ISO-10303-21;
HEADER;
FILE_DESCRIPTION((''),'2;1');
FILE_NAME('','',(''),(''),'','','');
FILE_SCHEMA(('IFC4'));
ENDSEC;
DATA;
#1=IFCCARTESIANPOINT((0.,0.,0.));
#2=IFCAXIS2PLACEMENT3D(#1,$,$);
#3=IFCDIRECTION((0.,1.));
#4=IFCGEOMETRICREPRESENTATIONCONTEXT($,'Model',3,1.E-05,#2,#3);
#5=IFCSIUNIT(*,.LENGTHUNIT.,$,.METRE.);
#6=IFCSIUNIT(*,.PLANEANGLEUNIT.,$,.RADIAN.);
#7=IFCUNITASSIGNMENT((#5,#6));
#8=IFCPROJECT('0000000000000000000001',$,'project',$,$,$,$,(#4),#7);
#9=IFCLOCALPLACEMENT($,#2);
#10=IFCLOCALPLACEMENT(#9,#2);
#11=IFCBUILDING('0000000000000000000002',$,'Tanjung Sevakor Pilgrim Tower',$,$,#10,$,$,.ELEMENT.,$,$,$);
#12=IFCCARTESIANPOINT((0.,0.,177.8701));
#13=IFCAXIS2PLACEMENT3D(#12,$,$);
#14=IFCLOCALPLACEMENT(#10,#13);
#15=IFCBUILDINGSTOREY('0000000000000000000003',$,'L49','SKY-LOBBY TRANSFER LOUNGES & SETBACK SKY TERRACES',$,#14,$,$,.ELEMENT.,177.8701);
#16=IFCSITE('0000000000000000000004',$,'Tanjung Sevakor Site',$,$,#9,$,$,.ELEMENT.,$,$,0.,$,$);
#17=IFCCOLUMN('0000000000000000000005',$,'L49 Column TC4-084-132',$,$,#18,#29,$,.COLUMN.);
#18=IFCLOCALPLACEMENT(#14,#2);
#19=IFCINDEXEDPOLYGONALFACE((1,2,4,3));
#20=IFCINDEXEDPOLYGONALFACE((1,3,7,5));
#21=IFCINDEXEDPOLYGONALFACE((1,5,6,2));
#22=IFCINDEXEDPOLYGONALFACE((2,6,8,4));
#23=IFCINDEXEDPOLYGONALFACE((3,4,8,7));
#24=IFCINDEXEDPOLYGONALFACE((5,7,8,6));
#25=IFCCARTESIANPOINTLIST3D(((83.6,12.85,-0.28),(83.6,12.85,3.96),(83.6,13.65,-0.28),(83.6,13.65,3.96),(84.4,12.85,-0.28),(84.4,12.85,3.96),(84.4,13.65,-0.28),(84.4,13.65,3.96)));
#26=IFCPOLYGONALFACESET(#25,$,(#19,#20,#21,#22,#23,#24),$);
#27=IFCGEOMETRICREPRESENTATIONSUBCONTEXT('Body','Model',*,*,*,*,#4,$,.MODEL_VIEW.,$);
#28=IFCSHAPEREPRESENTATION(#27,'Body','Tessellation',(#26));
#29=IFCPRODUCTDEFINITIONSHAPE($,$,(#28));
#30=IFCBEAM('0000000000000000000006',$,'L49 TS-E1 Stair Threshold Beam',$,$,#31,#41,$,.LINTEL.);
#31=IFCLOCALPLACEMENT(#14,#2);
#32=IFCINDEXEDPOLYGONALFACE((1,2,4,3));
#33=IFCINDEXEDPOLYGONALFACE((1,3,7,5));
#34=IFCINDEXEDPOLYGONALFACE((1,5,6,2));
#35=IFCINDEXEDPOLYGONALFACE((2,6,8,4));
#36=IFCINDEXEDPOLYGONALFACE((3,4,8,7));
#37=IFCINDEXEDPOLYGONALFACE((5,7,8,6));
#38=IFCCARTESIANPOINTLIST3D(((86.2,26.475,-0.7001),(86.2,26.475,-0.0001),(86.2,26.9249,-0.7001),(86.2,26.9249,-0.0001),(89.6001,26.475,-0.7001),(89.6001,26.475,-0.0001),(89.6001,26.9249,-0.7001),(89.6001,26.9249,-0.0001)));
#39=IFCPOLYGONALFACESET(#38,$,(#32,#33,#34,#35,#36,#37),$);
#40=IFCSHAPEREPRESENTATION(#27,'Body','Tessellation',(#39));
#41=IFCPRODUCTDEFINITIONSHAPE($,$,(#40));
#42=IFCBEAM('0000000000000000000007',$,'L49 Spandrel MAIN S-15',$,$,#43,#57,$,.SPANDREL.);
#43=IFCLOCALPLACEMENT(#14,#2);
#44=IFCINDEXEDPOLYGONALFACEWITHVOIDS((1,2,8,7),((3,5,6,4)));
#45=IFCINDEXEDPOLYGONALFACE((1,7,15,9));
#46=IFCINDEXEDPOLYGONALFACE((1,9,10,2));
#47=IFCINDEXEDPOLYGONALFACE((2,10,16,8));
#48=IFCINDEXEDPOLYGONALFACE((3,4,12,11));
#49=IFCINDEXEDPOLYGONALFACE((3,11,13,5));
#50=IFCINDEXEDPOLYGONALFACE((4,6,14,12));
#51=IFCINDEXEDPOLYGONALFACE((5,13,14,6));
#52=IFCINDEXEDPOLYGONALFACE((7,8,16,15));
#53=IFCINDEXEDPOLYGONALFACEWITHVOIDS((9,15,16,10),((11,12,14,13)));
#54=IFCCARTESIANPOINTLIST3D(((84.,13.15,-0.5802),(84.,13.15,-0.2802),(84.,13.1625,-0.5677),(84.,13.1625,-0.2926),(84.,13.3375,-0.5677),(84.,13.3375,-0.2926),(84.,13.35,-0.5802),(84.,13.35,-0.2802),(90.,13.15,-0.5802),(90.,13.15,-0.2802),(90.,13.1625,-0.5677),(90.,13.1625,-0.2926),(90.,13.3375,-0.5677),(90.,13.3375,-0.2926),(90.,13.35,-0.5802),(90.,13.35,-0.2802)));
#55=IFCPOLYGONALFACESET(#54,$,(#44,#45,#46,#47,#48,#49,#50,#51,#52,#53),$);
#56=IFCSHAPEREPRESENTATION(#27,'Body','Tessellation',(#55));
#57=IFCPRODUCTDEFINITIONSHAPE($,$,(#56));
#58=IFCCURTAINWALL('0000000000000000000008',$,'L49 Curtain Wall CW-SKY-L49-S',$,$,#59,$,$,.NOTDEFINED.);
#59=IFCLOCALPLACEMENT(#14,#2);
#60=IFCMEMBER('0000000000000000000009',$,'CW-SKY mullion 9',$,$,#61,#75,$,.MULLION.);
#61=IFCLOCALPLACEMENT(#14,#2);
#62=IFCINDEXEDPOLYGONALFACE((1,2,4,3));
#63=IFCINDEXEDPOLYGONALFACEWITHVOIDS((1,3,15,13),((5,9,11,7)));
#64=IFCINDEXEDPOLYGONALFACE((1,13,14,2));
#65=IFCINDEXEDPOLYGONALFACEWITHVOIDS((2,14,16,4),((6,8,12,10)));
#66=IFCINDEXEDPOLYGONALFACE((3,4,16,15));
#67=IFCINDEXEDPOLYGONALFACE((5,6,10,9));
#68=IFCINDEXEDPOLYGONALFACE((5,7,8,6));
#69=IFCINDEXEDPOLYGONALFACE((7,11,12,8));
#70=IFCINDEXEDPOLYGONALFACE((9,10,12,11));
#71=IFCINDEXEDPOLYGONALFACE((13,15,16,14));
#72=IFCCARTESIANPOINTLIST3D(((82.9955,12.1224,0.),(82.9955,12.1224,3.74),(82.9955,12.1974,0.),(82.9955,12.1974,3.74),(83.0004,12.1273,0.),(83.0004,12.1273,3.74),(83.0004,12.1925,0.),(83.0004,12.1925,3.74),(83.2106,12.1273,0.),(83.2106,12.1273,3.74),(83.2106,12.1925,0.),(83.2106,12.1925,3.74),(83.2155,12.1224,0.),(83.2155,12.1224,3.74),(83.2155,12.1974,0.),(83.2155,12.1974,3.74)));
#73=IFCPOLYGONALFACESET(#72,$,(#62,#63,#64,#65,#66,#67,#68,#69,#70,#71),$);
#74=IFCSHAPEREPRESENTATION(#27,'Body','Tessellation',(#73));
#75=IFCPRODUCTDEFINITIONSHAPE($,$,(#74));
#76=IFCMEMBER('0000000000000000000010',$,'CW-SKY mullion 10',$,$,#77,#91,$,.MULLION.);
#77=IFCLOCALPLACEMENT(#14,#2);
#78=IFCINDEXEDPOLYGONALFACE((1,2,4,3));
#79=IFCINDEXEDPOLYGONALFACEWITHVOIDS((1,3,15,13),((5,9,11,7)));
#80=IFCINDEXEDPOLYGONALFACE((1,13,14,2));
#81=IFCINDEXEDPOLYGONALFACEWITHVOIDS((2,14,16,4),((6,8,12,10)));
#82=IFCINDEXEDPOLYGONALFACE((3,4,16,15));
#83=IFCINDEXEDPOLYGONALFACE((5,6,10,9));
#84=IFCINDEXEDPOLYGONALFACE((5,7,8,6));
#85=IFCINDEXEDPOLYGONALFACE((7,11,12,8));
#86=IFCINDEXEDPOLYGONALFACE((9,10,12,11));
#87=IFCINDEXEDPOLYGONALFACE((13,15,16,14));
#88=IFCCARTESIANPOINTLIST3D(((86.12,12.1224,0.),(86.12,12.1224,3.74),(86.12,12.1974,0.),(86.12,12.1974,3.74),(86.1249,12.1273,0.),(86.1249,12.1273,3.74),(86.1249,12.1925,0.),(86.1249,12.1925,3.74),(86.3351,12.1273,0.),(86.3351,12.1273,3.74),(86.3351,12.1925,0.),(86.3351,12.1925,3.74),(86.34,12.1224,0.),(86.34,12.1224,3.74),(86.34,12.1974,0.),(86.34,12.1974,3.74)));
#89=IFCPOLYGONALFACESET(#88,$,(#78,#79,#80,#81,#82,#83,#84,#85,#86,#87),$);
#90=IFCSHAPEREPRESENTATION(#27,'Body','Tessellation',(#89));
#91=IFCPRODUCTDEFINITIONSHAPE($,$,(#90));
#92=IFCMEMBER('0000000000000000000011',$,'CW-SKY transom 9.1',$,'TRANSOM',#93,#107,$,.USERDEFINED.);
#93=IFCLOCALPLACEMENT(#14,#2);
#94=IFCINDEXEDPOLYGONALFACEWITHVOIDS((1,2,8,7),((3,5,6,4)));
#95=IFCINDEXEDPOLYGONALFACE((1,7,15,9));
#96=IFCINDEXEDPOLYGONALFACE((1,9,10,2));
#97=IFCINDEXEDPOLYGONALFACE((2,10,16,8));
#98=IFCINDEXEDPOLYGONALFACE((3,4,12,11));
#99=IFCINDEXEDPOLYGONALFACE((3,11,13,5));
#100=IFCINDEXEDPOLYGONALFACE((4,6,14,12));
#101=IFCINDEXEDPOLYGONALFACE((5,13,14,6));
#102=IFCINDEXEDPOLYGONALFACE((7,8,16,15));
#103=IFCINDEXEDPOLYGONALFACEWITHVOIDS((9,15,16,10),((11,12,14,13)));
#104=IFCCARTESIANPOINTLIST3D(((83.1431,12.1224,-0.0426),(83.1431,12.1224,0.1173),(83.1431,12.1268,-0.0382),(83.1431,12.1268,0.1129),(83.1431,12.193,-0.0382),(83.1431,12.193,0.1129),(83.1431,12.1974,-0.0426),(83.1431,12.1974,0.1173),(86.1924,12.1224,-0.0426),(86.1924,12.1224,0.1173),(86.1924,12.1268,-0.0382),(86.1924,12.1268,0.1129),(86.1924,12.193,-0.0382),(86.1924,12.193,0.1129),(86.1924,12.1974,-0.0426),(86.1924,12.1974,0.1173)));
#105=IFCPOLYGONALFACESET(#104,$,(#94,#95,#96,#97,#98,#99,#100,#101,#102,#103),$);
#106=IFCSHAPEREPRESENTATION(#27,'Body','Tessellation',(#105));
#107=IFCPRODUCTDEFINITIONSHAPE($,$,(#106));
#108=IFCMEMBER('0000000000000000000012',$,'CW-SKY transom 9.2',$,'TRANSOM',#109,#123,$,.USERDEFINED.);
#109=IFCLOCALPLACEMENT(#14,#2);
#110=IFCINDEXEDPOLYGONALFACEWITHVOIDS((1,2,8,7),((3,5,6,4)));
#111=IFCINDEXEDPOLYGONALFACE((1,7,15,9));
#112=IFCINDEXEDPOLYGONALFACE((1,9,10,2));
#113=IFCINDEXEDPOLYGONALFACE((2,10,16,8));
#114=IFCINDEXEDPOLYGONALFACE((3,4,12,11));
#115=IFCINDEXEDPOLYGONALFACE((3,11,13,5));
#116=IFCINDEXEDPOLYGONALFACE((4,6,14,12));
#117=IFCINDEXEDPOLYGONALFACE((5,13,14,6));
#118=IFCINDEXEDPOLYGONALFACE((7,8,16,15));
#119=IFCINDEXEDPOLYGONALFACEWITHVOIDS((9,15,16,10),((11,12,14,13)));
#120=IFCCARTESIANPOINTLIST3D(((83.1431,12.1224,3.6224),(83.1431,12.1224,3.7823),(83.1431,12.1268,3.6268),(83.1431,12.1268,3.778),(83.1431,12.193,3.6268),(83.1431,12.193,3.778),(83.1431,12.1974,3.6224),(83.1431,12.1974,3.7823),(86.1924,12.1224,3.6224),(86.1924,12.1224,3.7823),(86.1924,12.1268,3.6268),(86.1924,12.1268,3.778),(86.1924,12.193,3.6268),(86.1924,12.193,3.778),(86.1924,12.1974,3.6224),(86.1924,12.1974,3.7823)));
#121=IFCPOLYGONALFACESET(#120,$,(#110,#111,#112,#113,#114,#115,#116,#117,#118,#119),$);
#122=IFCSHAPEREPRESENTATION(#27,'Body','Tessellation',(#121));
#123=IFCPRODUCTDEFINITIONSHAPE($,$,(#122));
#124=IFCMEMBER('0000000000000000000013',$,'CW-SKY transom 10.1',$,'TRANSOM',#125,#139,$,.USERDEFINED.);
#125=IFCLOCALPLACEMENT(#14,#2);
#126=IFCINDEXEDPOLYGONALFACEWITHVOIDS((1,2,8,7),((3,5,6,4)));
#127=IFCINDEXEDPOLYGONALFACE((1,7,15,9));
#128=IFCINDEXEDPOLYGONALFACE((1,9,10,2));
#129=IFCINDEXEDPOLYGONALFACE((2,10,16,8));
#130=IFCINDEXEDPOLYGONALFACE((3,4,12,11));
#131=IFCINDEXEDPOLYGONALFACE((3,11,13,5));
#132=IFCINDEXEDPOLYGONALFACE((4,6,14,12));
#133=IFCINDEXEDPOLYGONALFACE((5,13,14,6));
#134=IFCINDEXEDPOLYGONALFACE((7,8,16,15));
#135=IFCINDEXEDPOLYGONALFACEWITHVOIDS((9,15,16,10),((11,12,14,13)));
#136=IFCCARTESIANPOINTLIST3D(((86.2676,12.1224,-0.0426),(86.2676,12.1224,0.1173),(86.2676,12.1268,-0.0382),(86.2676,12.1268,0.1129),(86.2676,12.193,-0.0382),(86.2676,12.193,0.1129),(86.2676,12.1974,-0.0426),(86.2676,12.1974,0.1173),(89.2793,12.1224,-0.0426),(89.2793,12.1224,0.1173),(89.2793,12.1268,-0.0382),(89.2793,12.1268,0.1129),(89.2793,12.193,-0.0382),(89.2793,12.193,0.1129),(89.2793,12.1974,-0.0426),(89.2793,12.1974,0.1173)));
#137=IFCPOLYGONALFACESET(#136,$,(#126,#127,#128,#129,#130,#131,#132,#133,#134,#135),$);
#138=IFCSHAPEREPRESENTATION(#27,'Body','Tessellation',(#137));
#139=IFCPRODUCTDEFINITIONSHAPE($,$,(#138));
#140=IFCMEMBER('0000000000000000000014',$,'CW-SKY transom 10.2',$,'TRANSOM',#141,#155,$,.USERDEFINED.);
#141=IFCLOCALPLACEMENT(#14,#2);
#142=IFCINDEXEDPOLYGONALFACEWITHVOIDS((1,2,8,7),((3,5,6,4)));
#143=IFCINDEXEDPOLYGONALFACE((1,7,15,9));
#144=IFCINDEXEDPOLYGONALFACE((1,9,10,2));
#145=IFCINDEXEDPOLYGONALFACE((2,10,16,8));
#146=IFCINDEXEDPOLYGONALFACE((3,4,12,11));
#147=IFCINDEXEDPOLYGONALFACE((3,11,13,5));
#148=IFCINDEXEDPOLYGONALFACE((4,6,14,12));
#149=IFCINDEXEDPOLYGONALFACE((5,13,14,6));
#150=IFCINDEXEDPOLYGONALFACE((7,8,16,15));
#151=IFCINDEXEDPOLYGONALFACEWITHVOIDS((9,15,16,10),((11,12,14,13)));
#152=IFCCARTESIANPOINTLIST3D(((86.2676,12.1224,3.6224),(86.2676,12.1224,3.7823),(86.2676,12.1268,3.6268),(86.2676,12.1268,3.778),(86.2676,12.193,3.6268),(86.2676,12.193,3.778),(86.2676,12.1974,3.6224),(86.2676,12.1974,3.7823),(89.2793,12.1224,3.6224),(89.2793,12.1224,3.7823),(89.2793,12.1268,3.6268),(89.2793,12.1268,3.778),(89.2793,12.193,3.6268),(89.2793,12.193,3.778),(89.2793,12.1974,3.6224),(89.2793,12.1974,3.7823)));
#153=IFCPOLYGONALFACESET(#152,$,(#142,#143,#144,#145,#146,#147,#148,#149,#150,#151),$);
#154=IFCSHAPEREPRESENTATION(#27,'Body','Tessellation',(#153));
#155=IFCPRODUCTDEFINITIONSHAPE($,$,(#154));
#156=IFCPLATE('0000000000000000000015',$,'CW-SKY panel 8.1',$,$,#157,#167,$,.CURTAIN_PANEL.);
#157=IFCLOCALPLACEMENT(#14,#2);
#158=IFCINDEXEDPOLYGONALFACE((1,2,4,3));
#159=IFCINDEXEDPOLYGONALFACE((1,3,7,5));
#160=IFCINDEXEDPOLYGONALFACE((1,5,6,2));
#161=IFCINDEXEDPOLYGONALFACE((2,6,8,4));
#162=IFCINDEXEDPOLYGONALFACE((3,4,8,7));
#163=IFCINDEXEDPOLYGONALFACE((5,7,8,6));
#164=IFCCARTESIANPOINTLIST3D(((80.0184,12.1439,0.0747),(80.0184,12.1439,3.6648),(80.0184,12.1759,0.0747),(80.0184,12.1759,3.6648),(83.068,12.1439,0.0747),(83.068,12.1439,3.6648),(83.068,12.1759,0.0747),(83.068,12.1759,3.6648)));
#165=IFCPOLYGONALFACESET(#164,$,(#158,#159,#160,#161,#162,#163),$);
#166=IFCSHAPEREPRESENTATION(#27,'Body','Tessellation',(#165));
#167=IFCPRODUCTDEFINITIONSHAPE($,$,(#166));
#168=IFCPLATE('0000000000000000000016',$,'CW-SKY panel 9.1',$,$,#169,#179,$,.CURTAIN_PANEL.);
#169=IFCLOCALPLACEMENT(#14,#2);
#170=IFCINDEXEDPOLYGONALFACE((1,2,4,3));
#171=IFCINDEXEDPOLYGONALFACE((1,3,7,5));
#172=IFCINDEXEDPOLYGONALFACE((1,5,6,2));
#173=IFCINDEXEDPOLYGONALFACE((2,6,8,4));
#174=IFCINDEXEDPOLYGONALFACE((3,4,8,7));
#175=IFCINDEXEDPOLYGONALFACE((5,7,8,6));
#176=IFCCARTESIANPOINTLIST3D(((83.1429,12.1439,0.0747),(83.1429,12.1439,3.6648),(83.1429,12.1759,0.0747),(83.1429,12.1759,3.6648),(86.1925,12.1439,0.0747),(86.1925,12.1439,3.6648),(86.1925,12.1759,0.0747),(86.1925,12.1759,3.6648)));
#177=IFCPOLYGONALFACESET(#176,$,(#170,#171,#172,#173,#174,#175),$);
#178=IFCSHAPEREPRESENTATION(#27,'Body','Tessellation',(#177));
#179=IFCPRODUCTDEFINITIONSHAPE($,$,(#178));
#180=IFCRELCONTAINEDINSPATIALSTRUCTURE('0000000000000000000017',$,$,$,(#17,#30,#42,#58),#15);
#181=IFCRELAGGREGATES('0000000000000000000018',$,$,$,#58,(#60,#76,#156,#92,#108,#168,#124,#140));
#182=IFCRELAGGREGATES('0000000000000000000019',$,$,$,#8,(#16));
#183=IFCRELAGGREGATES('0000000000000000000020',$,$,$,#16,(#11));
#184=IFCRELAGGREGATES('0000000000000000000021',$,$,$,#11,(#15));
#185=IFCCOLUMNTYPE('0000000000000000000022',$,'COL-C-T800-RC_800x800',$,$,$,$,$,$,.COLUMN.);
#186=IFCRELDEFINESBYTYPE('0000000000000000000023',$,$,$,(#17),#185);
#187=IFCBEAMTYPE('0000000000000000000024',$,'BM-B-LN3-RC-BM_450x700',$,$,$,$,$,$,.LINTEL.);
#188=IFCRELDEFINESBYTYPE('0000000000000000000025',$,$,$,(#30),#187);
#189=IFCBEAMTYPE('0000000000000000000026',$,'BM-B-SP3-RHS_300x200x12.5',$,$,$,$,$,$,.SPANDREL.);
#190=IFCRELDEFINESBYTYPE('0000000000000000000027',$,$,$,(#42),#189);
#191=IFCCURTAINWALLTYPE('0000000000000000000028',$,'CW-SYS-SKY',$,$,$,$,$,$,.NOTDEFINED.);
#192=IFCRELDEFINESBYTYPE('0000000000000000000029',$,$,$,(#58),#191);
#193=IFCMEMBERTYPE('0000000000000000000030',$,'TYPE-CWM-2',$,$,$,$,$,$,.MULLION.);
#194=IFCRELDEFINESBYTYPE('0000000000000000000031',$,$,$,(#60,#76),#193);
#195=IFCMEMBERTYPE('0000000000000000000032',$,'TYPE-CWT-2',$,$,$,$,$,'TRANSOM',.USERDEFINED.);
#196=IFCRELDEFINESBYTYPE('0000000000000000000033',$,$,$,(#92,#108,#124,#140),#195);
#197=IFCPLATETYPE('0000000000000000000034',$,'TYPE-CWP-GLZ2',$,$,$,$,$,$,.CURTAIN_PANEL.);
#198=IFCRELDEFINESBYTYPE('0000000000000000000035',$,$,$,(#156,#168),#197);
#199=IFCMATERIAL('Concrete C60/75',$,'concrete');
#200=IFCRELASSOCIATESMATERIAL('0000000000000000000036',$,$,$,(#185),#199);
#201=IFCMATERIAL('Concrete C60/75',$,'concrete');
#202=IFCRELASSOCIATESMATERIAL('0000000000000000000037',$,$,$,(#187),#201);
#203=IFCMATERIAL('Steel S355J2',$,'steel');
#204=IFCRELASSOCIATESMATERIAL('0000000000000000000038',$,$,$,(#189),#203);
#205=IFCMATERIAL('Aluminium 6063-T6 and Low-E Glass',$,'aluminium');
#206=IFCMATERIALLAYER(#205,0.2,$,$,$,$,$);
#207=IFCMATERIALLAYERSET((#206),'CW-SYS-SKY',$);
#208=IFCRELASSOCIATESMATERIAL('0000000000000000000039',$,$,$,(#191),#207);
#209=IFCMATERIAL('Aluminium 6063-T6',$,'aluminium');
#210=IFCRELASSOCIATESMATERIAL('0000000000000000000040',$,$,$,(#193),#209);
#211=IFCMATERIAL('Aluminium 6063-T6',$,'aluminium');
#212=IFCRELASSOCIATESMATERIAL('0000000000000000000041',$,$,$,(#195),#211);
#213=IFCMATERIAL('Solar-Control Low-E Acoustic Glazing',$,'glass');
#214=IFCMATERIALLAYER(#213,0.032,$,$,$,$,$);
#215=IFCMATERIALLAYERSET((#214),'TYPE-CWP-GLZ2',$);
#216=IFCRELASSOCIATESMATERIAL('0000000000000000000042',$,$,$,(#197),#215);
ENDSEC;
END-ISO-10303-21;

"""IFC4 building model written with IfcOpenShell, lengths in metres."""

from ifc_helpers import new_model, si_unit, direction, frame, origin, origin_2d, place, context, subcontext, project, spatial, rectangle, hollow_rectangle, extrude, material, layer, layer_set, material_profile, profile_set, type_object, element, aggregate, save


model = new_model("IFC4")

# Units and contexts
model_context = context("Model", 3, precision=1e-05, world=origin(), true_north=direction((0.0, 1.0)))
body_context = subcontext(model_context, "Body", "Model", "MODEL_VIEW")
ifc_project = project(units=[si_unit("LENGTHUNIT", "METRE"), si_unit("PLANEANGLEUNIT", "RADIAN")], contexts=[model_context])

# Site, building, storey
site_placement = place(None, origin())
site = spatial("IfcSite", under=ifc_project, at=site_placement, Name="Tanjung Sevakor Site", CompositionType="ELEMENT", RefElevation=0.0)
building_placement = place(site_placement, origin())
building = spatial("IfcBuilding", under=site, at=building_placement, Name="Tanjung Sevakor Pilgrim Tower", CompositionType="ELEMENT")
storey_placement = place(building_placement, frame((0.0, 0.0, 177.8701)))
storey = spatial("IfcBuildingStorey", under=building, at=storey_placement, Name="L49", Description="SKY-LOBBY TRANSFER LOUNGES & SETBACK SKY TERRACES", CompositionType="ELEMENT", Elevation=177.8701)

# Column
ifc_material_1 = material(Name="Concrete C60/75", Category="concrete")
ifc_material_profile_1 = material_profile(ifc_material_1, rectangle(XDim=0.8, YDim=0.8, at=origin_2d()))
ifc_profile_set_1 = profile_set([ifc_material_profile_1], Name="Concrete C60/75")
column_type = type_object("IfcColumnType", Name="COL-C-T800-RC_800x800", PredefinedType="COLUMN", material=ifc_profile_set_1)
column_placement = place(storey_placement, frame((84.0, 13.25, -0.28), z_axis=(0.0, 0.0, 1.0), x_axis=(1.0, 0.0, 0.0)))
element("IfcColumn", 1, at=column_placement, inside=storey, type_object=column_type, Name="L49 Column TC4-084-132", PredefinedType="COLUMN", context=body_context, shape_type="SweptSolid", body=[
    extrude(rectangle(XDim=0.8, YDim=0.8, at=origin_2d()), origin(), (0.0, 0.0, 1.0), 4.24),
])

# Beams
ifc_material_2 = material(Name="Concrete C60/75", Category="concrete")
ifc_material_profile_2 = material_profile(ifc_material_2, rectangle(XDim=0.45, YDim=0.7, at=origin_2d()))
ifc_profile_set_2 = profile_set([ifc_material_profile_2], Name="Concrete C60/75")
beam_type_1 = type_object("IfcBeamType", Name="BM-B-LN3-RC-BM_450x700", PredefinedType="LINTEL", material=ifc_profile_set_2)
beam_1_placement = place(storey_placement, frame((86.2, 26.7, -0.3501), z_axis=(1.0, 0.0, 0.0), x_axis=(0.0, 1.0, 0.0)))
element("IfcBeam", 2, at=beam_1_placement, inside=storey, type_object=beam_type_1, Name="L49 TS-E1 Stair Threshold Beam", PredefinedType="LINTEL", context=body_context, shape_type="SweptSolid", body=[
    extrude(rectangle(XDim=0.45, YDim=0.7, at=origin_2d()), origin(), (0.0, 0.0, 1.0), 3.4001),
])
ifc_material_3 = material(Name="Steel S355J2", Category="steel")
ifc_material_profile_3 = material_profile(ifc_material_3, hollow_rectangle(XDim=0.2, YDim=0.3, WallThickness=0.0125, at=origin_2d()))
ifc_profile_set_3 = profile_set([ifc_material_profile_3], Name="Steel S355J2")
beam_type_2 = type_object("IfcBeamType", Name="BM-B-SP3-RHS_300x200x12.5", PredefinedType="SPANDREL", material=ifc_profile_set_3)
beam_2_placement = place(storey_placement, frame((84.0, 13.25, -0.4302), z_axis=(1.0, 0.0, 0.0), x_axis=(0.0, 1.0, 0.0)))
element("IfcBeam", 3, at=beam_2_placement, inside=storey, type_object=beam_type_2, Name="L49 Spandrel MAIN S-15", PredefinedType="SPANDREL", context=body_context, shape_type="SweptSolid", body=[
    extrude(hollow_rectangle(XDim=0.2, YDim=0.3, WallThickness=0.0125, at=origin_2d()), origin(), (0.0, 0.0, 1.0), 6.0),
])

# Curtain wall, members, plates
ifc_material_4 = material(Name="Aluminium 6063-T6 and Low-E Glass", Category="aluminium")
ifc_layer_1 = layer(ifc_material_4, 0.2)
ifc_layer_set_1 = layer_set([ifc_layer_1], Name="CW-SYS-SKY")
curtain_wall_type = type_object("IfcCurtainWallType", Name="CW-SYS-SKY", PredefinedType="NOTDEFINED", material=ifc_layer_set_1)
curtain_wall_placement = place(storey_placement, origin())
curtain_wall = element("IfcCurtainWall", 4, at=curtain_wall_placement, inside=storey, type_object=curtain_wall_type, Name="L49 Curtain Wall CW-SKY-L49-S", PredefinedType="NOTDEFINED")
ifc_material_5 = material(Name="Aluminium 6063-T6", Category="aluminium")
ifc_material_profile_4 = material_profile(ifc_material_5, hollow_rectangle(XDim=0.075, YDim=0.22, WallThickness=0.0049, at=origin_2d()))
ifc_profile_set_4 = profile_set([ifc_material_profile_4], Name="Aluminium 6063-T6")
member_type_1 = type_object("IfcMemberType", Name="TYPE-CWM-2", PredefinedType="MULLION", material=ifc_profile_set_4)
member_1_placement = place(storey_placement, frame((83.1055, 12.1599, 0.0), z_axis=(0.0, 0.0, 1.0), x_axis=(0.0, 1.0, 0.0)))
member_1 = element("IfcMember", 5, at=member_1_placement, type_object=member_type_1, Name="CW-SKY mullion 9", PredefinedType="MULLION", context=body_context, shape_type="SweptSolid", body=[
    extrude(hollow_rectangle(XDim=0.075, YDim=0.22, WallThickness=0.0049, at=origin_2d()), origin(), (0.0, 0.0, 1.0), 3.74),
])
member_2_placement = place(storey_placement, frame((86.23, 12.1599, 0.0), z_axis=(0.0, 0.0, 1.0), x_axis=(0.0, 1.0, 0.0)))
member_2 = element("IfcMember", 6, at=member_2_placement, type_object=member_type_1, Name="CW-SKY mullion 10", PredefinedType="MULLION", context=body_context, shape_type="SweptSolid", body=[
    extrude(hollow_rectangle(XDim=0.075, YDim=0.22, WallThickness=0.0049, at=origin_2d()), origin(), (0.0, 0.0, 1.0), 3.74),
])
ifc_material_6 = material(Name="Aluminium 6063-T6", Category="aluminium")
ifc_material_profile_5 = material_profile(ifc_material_6, hollow_rectangle(XDim=0.075, YDim=0.1599, WallThickness=0.0044, at=origin_2d()))
ifc_profile_set_5 = profile_set([ifc_material_profile_5], Name="Aluminium 6063-T6")
member_type_2 = type_object("IfcMemberType", Name="TYPE-CWT-2", ElementType="TRANSOM", PredefinedType="USERDEFINED", material=ifc_profile_set_5)
member_3_placement = place(storey_placement, frame((83.1431, 12.1599, 0.0374), z_axis=(1.0, 0.0, 0.0), x_axis=(0.0, 1.0, 0.0)))
member_3 = element("IfcMember", 7, at=member_3_placement, type_object=member_type_2, Name="CW-SKY transom 9.1", ObjectType="TRANSOM", PredefinedType="USERDEFINED", context=body_context, shape_type="SweptSolid", body=[
    extrude(hollow_rectangle(XDim=0.075, YDim=0.1599, WallThickness=0.0044, at=origin_2d()), origin(), (0.0, 0.0, 1.0), 3.0493),
])
member_4_placement = place(storey_placement, frame((83.1431, 12.1599, 3.7024), z_axis=(1.0, 0.0, 0.0), x_axis=(0.0, 1.0, 0.0)))
member_4 = element("IfcMember", 8, at=member_4_placement, type_object=member_type_2, Name="CW-SKY transom 9.2", ObjectType="TRANSOM", PredefinedType="USERDEFINED", context=body_context, shape_type="SweptSolid", body=[
    extrude(hollow_rectangle(XDim=0.075, YDim=0.1599, WallThickness=0.0044, at=origin_2d()), origin(), (0.0, 0.0, 1.0), 3.0493),
])
member_5_placement = place(storey_placement, frame((86.2676, 12.1599, 0.0374), z_axis=(1.0, 0.0, 0.0), x_axis=(0.0, 1.0, 0.0)))
member_5 = element("IfcMember", 9, at=member_5_placement, type_object=member_type_2, Name="CW-SKY transom 10.1", ObjectType="TRANSOM", PredefinedType="USERDEFINED", context=body_context, shape_type="SweptSolid", body=[
    extrude(hollow_rectangle(XDim=0.075, YDim=0.1599, WallThickness=0.0044, at=origin_2d()), origin(), (0.0, 0.0, 1.0), 3.0117),
])
member_6_placement = place(storey_placement, frame((86.2676, 12.1599, 3.7024), z_axis=(1.0, 0.0, 0.0), x_axis=(0.0, 1.0, 0.0)))
member_6 = element("IfcMember", 10, at=member_6_placement, type_object=member_type_2, Name="CW-SKY transom 10.2", ObjectType="TRANSOM", PredefinedType="USERDEFINED", context=body_context, shape_type="SweptSolid", body=[
    extrude(hollow_rectangle(XDim=0.075, YDim=0.1599, WallThickness=0.0044, at=origin_2d()), origin(), (0.0, 0.0, 1.0), 3.0117),
])
ifc_material_7 = material(Name="Solar-Control Low-E Acoustic Glazing", Category="glass")
ifc_layer_2 = layer(ifc_material_7, 0.032)
ifc_layer_set_2 = layer_set([ifc_layer_2], Name="TYPE-CWP-GLZ2")
plate_type = type_object("IfcPlateType", Name="TYPE-CWP-GLZ2", PredefinedType="CURTAIN_PANEL", material=ifc_layer_set_2)
plate_1_placement = place(storey_placement, frame((81.5432, 12.1599, 0.0747), z_axis=(0.0, 0.0, 1.0), x_axis=(1.0, 0.0, 0.0)))
plate_1 = element("IfcPlate", 11, at=plate_1_placement, type_object=plate_type, Name="CW-SKY panel 8.1", PredefinedType="CURTAIN_PANEL", context=body_context, shape_type="SweptSolid", body=[
    extrude(rectangle(XDim=3.0496, YDim=0.032, at=origin_2d()), origin(), (0.0, 0.0, 1.0), 3.5901),
])
plate_2_placement = place(storey_placement, frame((84.6677, 12.1599, 0.0747), z_axis=(0.0, 0.0, 1.0), x_axis=(1.0, 0.0, 0.0)))
plate_2 = element("IfcPlate", 12, at=plate_2_placement, type_object=plate_type, Name="CW-SKY panel 9.1", PredefinedType="CURTAIN_PANEL", context=body_context, shape_type="SweptSolid", body=[
    extrude(rectangle(XDim=3.0496, YDim=0.032, at=origin_2d()), origin(), (0.0, 0.0, 1.0), 3.5901),
])
aggregate(curtain_wall, [member_1, member_2, plate_1, member_3, member_4, plate_2, member_5, member_6])

save(model, "model.ifc")
